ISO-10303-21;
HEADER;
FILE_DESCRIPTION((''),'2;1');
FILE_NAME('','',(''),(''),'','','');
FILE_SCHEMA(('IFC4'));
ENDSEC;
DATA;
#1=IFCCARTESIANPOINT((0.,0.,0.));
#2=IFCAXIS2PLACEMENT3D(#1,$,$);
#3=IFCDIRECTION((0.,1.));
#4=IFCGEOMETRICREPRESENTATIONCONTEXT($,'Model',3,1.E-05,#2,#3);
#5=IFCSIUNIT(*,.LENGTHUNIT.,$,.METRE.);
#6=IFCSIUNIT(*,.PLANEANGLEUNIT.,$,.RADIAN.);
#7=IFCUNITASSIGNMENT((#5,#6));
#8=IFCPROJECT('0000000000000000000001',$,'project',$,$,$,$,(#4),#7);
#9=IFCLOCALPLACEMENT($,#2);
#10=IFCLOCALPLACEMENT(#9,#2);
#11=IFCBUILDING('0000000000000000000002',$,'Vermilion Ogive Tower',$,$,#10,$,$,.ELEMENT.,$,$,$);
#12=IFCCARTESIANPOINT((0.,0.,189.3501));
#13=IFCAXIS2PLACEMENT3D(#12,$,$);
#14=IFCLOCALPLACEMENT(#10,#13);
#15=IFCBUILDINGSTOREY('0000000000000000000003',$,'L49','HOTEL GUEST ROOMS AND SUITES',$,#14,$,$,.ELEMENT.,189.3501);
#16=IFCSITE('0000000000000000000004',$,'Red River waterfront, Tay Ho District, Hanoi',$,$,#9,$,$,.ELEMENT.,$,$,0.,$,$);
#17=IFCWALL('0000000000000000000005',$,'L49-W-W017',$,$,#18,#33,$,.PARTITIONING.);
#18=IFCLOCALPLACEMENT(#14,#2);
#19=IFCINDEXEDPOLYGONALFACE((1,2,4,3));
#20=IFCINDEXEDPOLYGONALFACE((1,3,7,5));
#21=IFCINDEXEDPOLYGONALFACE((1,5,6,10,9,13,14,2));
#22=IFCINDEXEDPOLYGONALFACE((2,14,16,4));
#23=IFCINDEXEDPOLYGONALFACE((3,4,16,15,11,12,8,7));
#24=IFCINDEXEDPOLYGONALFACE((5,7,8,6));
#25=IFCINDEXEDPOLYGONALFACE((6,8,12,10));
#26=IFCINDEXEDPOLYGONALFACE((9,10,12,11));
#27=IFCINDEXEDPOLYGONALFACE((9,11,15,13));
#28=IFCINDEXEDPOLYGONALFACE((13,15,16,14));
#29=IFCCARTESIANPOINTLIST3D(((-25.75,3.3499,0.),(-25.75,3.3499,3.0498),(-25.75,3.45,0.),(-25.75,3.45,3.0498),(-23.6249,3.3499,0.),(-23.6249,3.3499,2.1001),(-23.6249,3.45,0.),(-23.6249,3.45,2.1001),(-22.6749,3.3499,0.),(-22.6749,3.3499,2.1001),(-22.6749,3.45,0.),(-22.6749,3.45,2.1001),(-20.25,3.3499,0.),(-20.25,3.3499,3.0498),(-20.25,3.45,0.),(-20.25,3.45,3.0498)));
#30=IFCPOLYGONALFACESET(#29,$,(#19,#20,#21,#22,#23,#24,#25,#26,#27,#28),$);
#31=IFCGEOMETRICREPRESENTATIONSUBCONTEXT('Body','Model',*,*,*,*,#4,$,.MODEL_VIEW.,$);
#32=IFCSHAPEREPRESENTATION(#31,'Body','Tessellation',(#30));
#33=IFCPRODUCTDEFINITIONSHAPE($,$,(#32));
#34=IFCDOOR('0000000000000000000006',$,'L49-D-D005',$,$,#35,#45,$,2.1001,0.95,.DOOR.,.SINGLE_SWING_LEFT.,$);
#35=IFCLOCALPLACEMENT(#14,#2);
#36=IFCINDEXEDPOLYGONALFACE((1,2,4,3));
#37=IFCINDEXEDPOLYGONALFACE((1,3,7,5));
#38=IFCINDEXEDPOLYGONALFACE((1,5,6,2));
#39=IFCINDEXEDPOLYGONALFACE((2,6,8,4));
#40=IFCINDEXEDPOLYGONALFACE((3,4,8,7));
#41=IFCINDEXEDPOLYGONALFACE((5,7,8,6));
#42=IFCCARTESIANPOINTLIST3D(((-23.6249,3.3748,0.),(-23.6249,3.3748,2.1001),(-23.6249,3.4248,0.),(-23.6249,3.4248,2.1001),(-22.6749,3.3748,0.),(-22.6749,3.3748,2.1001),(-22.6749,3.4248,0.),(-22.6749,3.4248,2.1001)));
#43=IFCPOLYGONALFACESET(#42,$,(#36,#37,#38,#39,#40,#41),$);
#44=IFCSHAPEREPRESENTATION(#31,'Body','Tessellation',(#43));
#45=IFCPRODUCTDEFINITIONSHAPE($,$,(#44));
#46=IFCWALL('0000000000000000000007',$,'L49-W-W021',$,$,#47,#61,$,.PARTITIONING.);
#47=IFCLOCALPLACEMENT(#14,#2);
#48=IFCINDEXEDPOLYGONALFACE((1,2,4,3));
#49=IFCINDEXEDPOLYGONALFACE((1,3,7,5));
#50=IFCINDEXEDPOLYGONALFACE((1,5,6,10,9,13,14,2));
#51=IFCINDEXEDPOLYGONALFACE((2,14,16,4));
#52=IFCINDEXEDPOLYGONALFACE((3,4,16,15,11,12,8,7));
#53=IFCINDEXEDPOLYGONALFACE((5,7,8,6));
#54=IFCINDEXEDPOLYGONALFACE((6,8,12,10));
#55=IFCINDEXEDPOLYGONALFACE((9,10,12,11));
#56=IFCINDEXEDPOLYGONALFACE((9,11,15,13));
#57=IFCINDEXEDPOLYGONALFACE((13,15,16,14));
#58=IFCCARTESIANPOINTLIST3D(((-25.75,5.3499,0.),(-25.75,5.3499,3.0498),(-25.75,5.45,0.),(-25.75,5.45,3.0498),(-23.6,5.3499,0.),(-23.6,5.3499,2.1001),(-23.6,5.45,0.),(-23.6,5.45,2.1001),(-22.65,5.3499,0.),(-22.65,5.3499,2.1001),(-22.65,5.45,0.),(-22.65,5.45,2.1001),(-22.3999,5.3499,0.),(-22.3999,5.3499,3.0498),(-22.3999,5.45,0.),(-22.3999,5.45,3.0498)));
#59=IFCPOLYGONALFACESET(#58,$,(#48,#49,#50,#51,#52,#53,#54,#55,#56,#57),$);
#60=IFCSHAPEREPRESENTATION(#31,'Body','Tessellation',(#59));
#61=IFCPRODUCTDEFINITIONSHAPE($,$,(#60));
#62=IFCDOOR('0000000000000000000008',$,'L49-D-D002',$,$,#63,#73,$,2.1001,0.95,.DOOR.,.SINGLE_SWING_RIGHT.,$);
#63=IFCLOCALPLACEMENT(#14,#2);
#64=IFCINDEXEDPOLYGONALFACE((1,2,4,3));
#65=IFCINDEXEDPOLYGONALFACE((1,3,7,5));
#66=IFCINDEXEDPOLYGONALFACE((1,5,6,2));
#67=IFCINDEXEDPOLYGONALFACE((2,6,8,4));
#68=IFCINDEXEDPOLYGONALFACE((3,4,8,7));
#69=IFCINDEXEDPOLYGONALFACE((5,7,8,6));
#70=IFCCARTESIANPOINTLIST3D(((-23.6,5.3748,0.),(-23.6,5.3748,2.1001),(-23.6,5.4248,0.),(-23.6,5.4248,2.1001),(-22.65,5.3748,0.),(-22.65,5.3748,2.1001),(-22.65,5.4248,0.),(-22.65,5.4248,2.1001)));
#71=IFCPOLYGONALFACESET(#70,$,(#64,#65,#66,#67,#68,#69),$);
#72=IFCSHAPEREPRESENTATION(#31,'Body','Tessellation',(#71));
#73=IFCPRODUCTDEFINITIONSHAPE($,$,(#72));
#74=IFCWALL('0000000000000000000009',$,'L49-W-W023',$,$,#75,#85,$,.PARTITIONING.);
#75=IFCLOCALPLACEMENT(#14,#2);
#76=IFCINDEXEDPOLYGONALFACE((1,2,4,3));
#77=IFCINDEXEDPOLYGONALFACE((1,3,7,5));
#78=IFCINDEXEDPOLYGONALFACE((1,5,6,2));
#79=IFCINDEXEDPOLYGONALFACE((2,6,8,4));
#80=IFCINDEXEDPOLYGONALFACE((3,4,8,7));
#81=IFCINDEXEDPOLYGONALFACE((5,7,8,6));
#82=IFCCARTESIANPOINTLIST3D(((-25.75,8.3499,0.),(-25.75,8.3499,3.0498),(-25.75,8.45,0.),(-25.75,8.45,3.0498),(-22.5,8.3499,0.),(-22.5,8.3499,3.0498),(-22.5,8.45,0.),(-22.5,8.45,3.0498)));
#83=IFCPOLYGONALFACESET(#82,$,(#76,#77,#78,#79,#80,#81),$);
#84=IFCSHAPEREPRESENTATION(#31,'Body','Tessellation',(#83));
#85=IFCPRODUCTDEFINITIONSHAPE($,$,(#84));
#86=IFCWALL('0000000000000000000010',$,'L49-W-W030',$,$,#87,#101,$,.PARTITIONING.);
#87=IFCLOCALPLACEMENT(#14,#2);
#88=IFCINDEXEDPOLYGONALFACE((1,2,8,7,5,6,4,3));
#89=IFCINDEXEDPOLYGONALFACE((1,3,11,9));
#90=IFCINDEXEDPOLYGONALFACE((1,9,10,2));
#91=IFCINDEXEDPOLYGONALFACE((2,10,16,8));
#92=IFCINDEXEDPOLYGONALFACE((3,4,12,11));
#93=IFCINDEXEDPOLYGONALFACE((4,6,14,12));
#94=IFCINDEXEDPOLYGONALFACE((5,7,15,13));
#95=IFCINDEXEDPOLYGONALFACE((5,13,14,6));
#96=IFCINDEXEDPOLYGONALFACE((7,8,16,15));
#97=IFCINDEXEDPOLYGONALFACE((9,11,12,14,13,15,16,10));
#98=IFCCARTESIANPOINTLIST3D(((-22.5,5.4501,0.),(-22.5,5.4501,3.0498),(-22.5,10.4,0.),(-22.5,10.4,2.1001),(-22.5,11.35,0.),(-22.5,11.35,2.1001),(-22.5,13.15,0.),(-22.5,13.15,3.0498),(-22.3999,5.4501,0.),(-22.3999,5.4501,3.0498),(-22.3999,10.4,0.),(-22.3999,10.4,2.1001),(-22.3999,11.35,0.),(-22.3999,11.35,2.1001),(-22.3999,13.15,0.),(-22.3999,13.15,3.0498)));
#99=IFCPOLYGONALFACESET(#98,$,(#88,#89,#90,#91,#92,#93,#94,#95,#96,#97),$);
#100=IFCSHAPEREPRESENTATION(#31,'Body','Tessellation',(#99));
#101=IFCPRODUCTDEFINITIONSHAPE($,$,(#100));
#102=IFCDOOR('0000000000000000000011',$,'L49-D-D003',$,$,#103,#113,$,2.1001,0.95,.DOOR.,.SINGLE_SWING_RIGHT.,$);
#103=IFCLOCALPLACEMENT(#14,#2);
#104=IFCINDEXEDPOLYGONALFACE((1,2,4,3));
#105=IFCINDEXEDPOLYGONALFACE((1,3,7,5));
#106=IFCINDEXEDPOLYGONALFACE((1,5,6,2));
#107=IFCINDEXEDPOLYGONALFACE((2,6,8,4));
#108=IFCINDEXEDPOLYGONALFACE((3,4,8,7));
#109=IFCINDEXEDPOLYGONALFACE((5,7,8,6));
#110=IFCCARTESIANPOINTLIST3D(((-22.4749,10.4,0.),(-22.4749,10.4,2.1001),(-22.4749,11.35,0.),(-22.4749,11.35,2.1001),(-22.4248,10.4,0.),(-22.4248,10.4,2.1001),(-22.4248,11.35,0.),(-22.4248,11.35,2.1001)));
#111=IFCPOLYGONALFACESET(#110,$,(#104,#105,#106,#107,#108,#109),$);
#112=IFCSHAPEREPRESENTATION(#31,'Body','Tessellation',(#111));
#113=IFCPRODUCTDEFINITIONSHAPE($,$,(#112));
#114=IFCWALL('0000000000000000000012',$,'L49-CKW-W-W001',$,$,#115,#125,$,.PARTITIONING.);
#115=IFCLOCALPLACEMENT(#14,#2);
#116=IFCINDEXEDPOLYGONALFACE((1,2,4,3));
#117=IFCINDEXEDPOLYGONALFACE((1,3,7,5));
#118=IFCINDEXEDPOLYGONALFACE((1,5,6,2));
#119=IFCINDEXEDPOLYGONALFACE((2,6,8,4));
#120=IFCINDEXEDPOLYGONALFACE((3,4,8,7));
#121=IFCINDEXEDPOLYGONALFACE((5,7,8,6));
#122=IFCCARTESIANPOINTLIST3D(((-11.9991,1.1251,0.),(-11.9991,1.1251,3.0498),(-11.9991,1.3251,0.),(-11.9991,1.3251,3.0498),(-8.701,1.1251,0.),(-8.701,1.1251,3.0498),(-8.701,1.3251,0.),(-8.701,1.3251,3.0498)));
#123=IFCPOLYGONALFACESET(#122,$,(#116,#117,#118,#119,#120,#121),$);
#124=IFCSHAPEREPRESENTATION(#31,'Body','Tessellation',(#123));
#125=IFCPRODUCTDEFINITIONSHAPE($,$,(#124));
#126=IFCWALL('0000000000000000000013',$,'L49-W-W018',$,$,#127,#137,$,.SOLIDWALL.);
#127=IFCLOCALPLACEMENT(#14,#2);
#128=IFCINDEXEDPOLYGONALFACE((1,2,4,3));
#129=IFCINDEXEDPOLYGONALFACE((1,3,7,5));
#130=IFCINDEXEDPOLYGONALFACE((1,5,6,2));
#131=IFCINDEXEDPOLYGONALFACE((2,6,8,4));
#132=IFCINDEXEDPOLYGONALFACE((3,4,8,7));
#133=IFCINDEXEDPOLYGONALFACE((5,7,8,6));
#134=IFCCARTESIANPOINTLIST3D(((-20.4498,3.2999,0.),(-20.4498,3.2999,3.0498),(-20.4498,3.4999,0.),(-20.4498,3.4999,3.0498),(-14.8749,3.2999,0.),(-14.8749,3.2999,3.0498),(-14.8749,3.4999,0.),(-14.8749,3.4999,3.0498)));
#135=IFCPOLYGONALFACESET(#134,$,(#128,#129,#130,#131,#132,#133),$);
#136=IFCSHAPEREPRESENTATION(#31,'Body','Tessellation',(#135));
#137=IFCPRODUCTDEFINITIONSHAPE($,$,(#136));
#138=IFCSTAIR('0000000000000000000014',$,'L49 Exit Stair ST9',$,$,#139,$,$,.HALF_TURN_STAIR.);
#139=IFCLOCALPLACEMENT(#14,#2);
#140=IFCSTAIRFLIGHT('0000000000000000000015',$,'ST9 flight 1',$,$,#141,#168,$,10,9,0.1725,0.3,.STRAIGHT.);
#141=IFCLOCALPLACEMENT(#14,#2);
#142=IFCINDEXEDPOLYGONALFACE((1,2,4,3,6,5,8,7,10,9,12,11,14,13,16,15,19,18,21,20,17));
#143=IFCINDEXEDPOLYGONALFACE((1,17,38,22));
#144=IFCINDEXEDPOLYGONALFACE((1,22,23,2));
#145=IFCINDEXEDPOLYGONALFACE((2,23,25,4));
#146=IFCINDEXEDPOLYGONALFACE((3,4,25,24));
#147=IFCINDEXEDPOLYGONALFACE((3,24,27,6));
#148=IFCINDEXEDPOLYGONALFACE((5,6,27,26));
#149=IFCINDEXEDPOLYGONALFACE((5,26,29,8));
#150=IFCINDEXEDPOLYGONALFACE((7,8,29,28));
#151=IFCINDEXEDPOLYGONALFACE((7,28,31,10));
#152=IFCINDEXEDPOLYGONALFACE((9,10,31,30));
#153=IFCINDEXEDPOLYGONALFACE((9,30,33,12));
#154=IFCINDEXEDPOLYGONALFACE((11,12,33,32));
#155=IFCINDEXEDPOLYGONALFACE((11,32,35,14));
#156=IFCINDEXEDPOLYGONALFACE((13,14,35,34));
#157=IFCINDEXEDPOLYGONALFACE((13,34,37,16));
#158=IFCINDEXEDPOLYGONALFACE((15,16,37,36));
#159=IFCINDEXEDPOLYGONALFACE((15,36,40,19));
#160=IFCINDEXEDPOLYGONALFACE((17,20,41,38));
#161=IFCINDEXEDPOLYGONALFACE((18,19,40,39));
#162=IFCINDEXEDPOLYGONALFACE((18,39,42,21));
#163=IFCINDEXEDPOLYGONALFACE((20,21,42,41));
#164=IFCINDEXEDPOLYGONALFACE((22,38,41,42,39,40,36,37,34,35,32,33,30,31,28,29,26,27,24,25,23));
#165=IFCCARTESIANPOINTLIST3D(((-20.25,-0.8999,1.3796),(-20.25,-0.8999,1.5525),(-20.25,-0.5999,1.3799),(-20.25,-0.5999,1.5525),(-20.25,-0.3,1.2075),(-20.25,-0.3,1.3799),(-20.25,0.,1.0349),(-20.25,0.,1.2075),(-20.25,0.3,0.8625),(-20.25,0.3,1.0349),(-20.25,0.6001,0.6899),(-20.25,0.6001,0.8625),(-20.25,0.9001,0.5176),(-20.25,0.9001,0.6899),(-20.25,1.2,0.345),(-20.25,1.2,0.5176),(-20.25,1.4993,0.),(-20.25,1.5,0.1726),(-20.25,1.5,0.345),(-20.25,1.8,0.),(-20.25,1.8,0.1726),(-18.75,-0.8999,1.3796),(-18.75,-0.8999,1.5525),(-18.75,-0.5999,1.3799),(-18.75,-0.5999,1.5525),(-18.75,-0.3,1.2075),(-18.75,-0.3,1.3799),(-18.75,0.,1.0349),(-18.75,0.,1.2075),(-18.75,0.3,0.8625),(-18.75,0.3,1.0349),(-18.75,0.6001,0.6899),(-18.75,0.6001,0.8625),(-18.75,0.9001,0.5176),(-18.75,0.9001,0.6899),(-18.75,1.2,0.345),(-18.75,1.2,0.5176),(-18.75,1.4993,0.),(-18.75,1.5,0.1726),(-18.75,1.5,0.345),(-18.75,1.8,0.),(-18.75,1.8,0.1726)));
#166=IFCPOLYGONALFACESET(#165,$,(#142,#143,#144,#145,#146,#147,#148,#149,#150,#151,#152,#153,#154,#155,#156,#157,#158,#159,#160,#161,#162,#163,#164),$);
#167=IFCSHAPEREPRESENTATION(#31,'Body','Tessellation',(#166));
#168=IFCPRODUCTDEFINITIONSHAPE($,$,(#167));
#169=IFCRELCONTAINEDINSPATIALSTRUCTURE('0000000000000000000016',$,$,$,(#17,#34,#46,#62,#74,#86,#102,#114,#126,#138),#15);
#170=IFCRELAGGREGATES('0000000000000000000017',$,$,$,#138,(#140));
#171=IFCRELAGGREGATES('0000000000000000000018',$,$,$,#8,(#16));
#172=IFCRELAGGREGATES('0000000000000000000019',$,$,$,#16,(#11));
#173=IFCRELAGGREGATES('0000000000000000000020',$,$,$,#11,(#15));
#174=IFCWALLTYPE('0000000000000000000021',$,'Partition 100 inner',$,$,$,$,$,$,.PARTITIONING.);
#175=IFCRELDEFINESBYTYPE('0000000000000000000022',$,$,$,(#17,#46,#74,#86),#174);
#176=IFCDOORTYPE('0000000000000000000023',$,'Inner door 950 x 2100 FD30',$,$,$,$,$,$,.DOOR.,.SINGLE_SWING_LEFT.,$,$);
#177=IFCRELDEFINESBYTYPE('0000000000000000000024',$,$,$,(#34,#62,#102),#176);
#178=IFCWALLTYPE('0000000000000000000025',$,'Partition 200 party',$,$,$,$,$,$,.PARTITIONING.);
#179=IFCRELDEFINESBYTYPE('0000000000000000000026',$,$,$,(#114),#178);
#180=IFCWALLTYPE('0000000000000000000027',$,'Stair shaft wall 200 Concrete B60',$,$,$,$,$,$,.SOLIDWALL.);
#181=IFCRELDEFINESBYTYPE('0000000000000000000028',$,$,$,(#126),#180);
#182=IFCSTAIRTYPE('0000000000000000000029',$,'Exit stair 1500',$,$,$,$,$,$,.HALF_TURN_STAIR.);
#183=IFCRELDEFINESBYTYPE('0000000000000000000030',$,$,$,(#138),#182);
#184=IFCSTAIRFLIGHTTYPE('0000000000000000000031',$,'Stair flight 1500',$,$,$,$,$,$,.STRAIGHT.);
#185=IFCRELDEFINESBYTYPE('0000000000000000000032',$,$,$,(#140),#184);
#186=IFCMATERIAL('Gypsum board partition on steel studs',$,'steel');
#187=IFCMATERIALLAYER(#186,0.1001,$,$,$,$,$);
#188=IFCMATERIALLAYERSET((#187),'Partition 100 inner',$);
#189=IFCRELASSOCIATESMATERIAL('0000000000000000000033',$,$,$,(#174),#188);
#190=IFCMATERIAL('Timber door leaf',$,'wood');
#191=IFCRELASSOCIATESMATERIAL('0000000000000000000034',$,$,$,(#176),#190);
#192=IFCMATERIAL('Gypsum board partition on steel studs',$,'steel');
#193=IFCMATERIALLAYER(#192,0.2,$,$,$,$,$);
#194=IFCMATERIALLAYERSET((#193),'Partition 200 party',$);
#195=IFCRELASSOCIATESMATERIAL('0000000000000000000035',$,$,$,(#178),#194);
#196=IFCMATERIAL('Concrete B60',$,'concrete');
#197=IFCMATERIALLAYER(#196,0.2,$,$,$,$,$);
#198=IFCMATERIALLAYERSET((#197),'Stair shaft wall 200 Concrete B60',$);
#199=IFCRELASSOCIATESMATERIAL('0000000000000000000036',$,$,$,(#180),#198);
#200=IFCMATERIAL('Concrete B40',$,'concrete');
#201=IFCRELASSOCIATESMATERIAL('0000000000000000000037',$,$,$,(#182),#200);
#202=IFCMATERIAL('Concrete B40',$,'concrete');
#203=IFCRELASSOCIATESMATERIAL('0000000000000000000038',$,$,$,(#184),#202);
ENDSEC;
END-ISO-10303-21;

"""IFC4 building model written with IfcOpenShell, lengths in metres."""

from ifc_helpers import new_model, si_unit, direction, frame, frame_2d, origin, place, context, subcontext, project, spatial, polyline, rectangle, outline, extrude, material, layer, layer_set, type_object, element, fill, aggregate, save


model = new_model("IFC4")

# Units and contexts
model_context = context("Model", 3, precision=1e-05, world=origin(), true_north=direction((0.0, 1.0)))
body_context = subcontext(model_context, "Body", "Model", "MODEL_VIEW")
ifc_project = project(units=[si_unit("LENGTHUNIT", "METRE"), si_unit("PLANEANGLEUNIT", "RADIAN")], contexts=[model_context])

# Site, building, storey
site_placement = place(None, origin())
site = spatial("IfcSite", under=ifc_project, at=site_placement, Name="Red River waterfront, Tay Ho District, Hanoi", CompositionType="ELEMENT", RefElevation=0.0)
building_placement = place(site_placement, origin())
building = spatial("IfcBuilding", under=site, at=building_placement, Name="Vermilion Ogive Tower", CompositionType="ELEMENT")
storey_placement = place(building_placement, frame((0.0, 0.0, 189.3501)))
storey = spatial("IfcBuildingStorey", under=building, at=storey_placement, Name="L49", Description="HOTEL GUEST ROOMS AND SUITES", CompositionType="ELEMENT", Elevation=189.3501)

# Walls, openings, doors
ifc_material_1 = material(Name="Gypsum board partition on steel studs", Category="steel")
ifc_layer_1 = layer(ifc_material_1, 0.1001)
ifc_layer_set_1 = layer_set([ifc_layer_1], Name="Partition 100 inner")
wall_type_1 = type_object("IfcWallType", Name="Partition 100 inner", PredefinedType="PARTITIONING", material=ifc_layer_set_1)
wall_1_placement = place(storey_placement, frame((-25.75, 3.3999, 0.0), z_axis=(0.0, 0.0, 1.0), x_axis=(1.0, 0.0, 0.0)))
wall_1 = element("IfcWall", 1, at=wall_1_placement, inside=storey, type_object=wall_type_1, Name="L49-W-W017", PredefinedType="PARTITIONING", context=body_context, shape_type="SweptSolid", body=[
    extrude(rectangle(XDim=5.5, YDim=0.1001, at=frame_2d((2.75, 0.0))), origin(), (0.0, 0.0, 1.0), 3.0498),
])
opening_1_placement = place(wall_1_placement, frame((2.125, 0.0, 0.0)))
opening_1 = element("IfcOpeningElement", 2, at=opening_1_placement, cuts=wall_1, PredefinedType="OPENING", context=body_context, shape_type="SweptSolid", body=[
    extrude(rectangle(XDim=0.95, YDim=2.1001, at=frame_2d((0.4751, 1.05))), frame((0.0, 0.0601, 0.0), z_axis=(0.0, -1.0, 0.0), x_axis=(1.0, 0.0, 0.0)), (0.0, 0.0, 1.0), 0.1201),
])
ifc_material_2 = material(Name="Timber door leaf", Category="wood")
door_type = type_object("IfcDoorType", Name="Inner door 950 x 2100 FD30", OperationType="SINGLE_SWING_LEFT", PredefinedType="DOOR", material=ifc_material_2)
door_1_placement = place(opening_1_placement, origin())
door_1 = element("IfcDoor", 3, at=door_1_placement, inside=storey, type_object=door_type, Name="L49-D-D005", OperationType="SINGLE_SWING_LEFT", OverallHeight=2.1001, OverallWidth=0.95, PredefinedType="DOOR", context=body_context, shape_type="SweptSolid", body=[
    extrude(rectangle(XDim=0.95, YDim=2.1001, at=frame_2d((0.4751, 1.05))), frame((0.0, 0.0249, 0.0), z_axis=(0.0, -1.0, 0.0), x_axis=(1.0, 0.0, 0.0)), (0.0, 0.0, 1.0), 0.05),
])
fill(opening_1, door_1)
wall_2_placement = place(storey_placement, frame((-25.75, 5.3999, 0.0), z_axis=(0.0, 0.0, 1.0), x_axis=(1.0, 0.0, 0.0)))
wall_2 = element("IfcWall", 4, at=wall_2_placement, inside=storey, type_object=wall_type_1, Name="L49-W-W021", PredefinedType="PARTITIONING", context=body_context, shape_type="SweptSolid", body=[
    extrude(rectangle(XDim=3.3501, YDim=0.1001, at=frame_2d((1.675, 0.0))), origin(), (0.0, 0.0, 1.0), 3.0498),
])
opening_2_placement = place(wall_2_placement, frame((2.1499, 0.0, 0.0)))
opening_2 = element("IfcOpeningElement", 5, at=opening_2_placement, cuts=wall_2, PredefinedType="OPENING", context=body_context, shape_type="SweptSolid", body=[
    extrude(rectangle(XDim=0.95, YDim=2.1001, at=frame_2d((0.4751, 1.05))), frame((0.0, 0.0601, 0.0), z_axis=(0.0, -1.0, 0.0), x_axis=(1.0, 0.0, 0.0)), (0.0, 0.0, 1.0), 0.1201),
])
door_2_placement = place(opening_2_placement, origin())
door_2 = element("IfcDoor", 6, at=door_2_placement, inside=storey, type_object=door_type, Name="L49-D-D002", OperationType="SINGLE_SWING_RIGHT", OverallHeight=2.1001, OverallWidth=0.95, PredefinedType="DOOR", context=body_context, shape_type="SweptSolid", body=[
    extrude(rectangle(XDim=0.95, YDim=2.1001, at=frame_2d((0.4751, 1.05))), frame((0.0, 0.0249, 0.0), z_axis=(0.0, -1.0, 0.0), x_axis=(1.0, 0.0, 0.0)), (0.0, 0.0, 1.0), 0.05),
])
fill(opening_2, door_2)

# Wall
wall_3_placement = place(storey_placement, frame((-25.75, 8.3999, 0.0), z_axis=(0.0, 0.0, 1.0), x_axis=(1.0, 0.0, 0.0)))
element("IfcWall", 7, at=wall_3_placement, inside=storey, type_object=wall_type_1, Name="L49-W-W023", PredefinedType="PARTITIONING", context=body_context, shape_type="SweptSolid", body=[
    extrude(rectangle(XDim=3.25, YDim=0.1001, at=frame_2d((1.625, 0.0))), origin(), (0.0, 0.0, 1.0), 3.0498),
])

# Wall, opening, door
wall_4_placement = place(storey_placement, frame((-22.45, 5.45, 0.0), z_axis=(0.0, 0.0, 1.0), x_axis=(0.0, 1.0, 0.0)))
wall_4 = element("IfcWall", 8, at=wall_4_placement, inside=storey, type_object=wall_type_1, Name="L49-W-W030", PredefinedType="PARTITIONING", context=body_context, shape_type="SweptSolid", body=[
    extrude(rectangle(XDim=7.7, YDim=0.1001, at=frame_2d((3.8501, 0.0))), origin(), (0.0, 0.0, 1.0), 3.0498),
])
opening_3_placement = place(wall_4_placement, frame((4.95, 0.0, 0.0)))
opening_3 = element("IfcOpeningElement", 9, at=opening_3_placement, cuts=wall_4, PredefinedType="OPENING", context=body_context, shape_type="SweptSolid", body=[
    extrude(rectangle(XDim=0.95, YDim=2.1001, at=frame_2d((0.4751, 1.05))), frame((0.0, 0.0601, 0.0), z_axis=(0.0, -1.0, 0.0), x_axis=(1.0, 0.0, 0.0)), (0.0, 0.0, 1.0), 0.1201),
])
door_3_placement = place(opening_3_placement, origin())
door_3 = element("IfcDoor", 10, at=door_3_placement, inside=storey, type_object=door_type, Name="L49-D-D003", OperationType="SINGLE_SWING_RIGHT", OverallHeight=2.1001, OverallWidth=0.95, PredefinedType="DOOR", context=body_context, shape_type="SweptSolid", body=[
    extrude(rectangle(XDim=0.95, YDim=2.1001, at=frame_2d((0.4751, 1.05))), frame((0.0, 0.0249, 0.0), z_axis=(0.0, -1.0, 0.0), x_axis=(1.0, 0.0, 0.0)), (0.0, 0.0, 1.0), 0.05),
])
fill(opening_3, door_3)

# Walls
ifc_material_3 = material(Name="Gypsum board partition on steel studs", Category="steel")
ifc_layer_2 = layer(ifc_material_3, 0.2)
ifc_layer_set_2 = layer_set([ifc_layer_2], Name="Partition 200 party")
wall_type_2 = type_object("IfcWallType", Name="Partition 200 party", PredefinedType="PARTITIONING", material=ifc_layer_set_2)
wall_5_placement = place(storey_placement, frame((-11.999, 1.2251, 0.0), z_axis=(0.0, 0.0, 1.0), x_axis=(1.0, 0.0, 0.0)))
element("IfcWall", 11, at=wall_5_placement, inside=storey, type_object=wall_type_2, Name="L49-CKW-W-W001", PredefinedType="PARTITIONING", context=body_context, shape_type="SweptSolid", body=[
    extrude(rectangle(XDim=3.2981, YDim=0.2, at=frame_2d((1.6489, 0.0))), origin(), (0.0, 0.0, 1.0), 3.0498),
])
ifc_material_4 = material(Name="Concrete B60", Category="concrete")
ifc_layer_3 = layer(ifc_material_4, 0.2)
ifc_layer_set_3 = layer_set([ifc_layer_3], Name="Stair shaft wall 200 Concrete B60")
wall_type_3 = type_object("IfcWallType", Name="Stair shaft wall 200 Concrete B60", PredefinedType="SOLIDWALL", material=ifc_layer_set_3)
wall_6_placement = place(storey_placement, frame((-20.45, 3.3999, 0.0), z_axis=(0.0, 0.0, 1.0), x_axis=(1.0, 0.0, 0.0)))
element("IfcWall", 12, at=wall_6_placement, inside=storey, type_object=wall_type_3, Name="L49-W-W018", PredefinedType="SOLIDWALL", context=body_context, shape_type="SweptSolid", body=[
    extrude(rectangle(XDim=5.575, YDim=0.2, at=frame_2d((2.7876, 0.0))), origin(), (0.0, 0.0, 1.0), 3.0498),
])

# Stair, stair flight
ifc_material_5 = material(Name="Concrete B40", Category="concrete")
stair_type = type_object("IfcStairType", Name="Exit stair 1500", PredefinedType="HALF_TURN_STAIR", material=ifc_material_5)
stair_placement = place(storey_placement, origin())
stair = element("IfcStair", 13, at=stair_placement, inside=storey, type_object=stair_type, Name="L49 Exit Stair ST9", PredefinedType="HALF_TURN_STAIR")
ifc_material_6 = material(Name="Concrete B40", Category="concrete")
stair_flight_type = type_object("IfcStairFlightType", Name="Stair flight 1500", PredefinedType="STRAIGHT", material=ifc_material_6)
stair_flight_placement = place(storey_placement, frame((-19.5, 1.8, 0.0), z_axis=(0.0, 0.0, 1.0), x_axis=(0.0, -1.0, 0.0)))
stair_flight = element("IfcStairFlight", 14, at=stair_flight_placement, type_object=stair_flight_type, Name="ST9 flight 1", NumberOfRisers=10, NumberOfTreads=9, PredefinedType="STRAIGHT", RiserHeight=0.1725, TreadLength=0.3, context=body_context, shape_type="SweptSolid", body=[
    extrude(outline(polyline([(0.0, 0.0), (0.0, 0.1726), (0.3, 0.1726), (0.3, 0.345), (0.6001, 0.345), (0.6001, 0.5176), (0.8999, 0.5176), (0.8999, 0.6899), (1.2, 0.6899), (1.2, 0.8625), (1.5, 0.8625), (1.5, 1.0349), (1.8, 1.0349), (1.8, 1.2075), (2.1001, 1.2075), (2.1001, 1.3799), (2.3999, 1.3799), (2.3999, 1.5525), (2.7, 1.5525), (2.7, 1.7251), (2.7, 1.3796), (0.3008, 0.0), (0.0, 0.0)])), frame((0.0, 0.75, 0.0), z_axis=(0.0, -1.0, 0.0), x_axis=(1.0, 0.0, 0.0)), (0.0, 0.0, 1.0), 1.5),
])
aggregate(stair, [stair_flight])

save(model, "model.ifc")
